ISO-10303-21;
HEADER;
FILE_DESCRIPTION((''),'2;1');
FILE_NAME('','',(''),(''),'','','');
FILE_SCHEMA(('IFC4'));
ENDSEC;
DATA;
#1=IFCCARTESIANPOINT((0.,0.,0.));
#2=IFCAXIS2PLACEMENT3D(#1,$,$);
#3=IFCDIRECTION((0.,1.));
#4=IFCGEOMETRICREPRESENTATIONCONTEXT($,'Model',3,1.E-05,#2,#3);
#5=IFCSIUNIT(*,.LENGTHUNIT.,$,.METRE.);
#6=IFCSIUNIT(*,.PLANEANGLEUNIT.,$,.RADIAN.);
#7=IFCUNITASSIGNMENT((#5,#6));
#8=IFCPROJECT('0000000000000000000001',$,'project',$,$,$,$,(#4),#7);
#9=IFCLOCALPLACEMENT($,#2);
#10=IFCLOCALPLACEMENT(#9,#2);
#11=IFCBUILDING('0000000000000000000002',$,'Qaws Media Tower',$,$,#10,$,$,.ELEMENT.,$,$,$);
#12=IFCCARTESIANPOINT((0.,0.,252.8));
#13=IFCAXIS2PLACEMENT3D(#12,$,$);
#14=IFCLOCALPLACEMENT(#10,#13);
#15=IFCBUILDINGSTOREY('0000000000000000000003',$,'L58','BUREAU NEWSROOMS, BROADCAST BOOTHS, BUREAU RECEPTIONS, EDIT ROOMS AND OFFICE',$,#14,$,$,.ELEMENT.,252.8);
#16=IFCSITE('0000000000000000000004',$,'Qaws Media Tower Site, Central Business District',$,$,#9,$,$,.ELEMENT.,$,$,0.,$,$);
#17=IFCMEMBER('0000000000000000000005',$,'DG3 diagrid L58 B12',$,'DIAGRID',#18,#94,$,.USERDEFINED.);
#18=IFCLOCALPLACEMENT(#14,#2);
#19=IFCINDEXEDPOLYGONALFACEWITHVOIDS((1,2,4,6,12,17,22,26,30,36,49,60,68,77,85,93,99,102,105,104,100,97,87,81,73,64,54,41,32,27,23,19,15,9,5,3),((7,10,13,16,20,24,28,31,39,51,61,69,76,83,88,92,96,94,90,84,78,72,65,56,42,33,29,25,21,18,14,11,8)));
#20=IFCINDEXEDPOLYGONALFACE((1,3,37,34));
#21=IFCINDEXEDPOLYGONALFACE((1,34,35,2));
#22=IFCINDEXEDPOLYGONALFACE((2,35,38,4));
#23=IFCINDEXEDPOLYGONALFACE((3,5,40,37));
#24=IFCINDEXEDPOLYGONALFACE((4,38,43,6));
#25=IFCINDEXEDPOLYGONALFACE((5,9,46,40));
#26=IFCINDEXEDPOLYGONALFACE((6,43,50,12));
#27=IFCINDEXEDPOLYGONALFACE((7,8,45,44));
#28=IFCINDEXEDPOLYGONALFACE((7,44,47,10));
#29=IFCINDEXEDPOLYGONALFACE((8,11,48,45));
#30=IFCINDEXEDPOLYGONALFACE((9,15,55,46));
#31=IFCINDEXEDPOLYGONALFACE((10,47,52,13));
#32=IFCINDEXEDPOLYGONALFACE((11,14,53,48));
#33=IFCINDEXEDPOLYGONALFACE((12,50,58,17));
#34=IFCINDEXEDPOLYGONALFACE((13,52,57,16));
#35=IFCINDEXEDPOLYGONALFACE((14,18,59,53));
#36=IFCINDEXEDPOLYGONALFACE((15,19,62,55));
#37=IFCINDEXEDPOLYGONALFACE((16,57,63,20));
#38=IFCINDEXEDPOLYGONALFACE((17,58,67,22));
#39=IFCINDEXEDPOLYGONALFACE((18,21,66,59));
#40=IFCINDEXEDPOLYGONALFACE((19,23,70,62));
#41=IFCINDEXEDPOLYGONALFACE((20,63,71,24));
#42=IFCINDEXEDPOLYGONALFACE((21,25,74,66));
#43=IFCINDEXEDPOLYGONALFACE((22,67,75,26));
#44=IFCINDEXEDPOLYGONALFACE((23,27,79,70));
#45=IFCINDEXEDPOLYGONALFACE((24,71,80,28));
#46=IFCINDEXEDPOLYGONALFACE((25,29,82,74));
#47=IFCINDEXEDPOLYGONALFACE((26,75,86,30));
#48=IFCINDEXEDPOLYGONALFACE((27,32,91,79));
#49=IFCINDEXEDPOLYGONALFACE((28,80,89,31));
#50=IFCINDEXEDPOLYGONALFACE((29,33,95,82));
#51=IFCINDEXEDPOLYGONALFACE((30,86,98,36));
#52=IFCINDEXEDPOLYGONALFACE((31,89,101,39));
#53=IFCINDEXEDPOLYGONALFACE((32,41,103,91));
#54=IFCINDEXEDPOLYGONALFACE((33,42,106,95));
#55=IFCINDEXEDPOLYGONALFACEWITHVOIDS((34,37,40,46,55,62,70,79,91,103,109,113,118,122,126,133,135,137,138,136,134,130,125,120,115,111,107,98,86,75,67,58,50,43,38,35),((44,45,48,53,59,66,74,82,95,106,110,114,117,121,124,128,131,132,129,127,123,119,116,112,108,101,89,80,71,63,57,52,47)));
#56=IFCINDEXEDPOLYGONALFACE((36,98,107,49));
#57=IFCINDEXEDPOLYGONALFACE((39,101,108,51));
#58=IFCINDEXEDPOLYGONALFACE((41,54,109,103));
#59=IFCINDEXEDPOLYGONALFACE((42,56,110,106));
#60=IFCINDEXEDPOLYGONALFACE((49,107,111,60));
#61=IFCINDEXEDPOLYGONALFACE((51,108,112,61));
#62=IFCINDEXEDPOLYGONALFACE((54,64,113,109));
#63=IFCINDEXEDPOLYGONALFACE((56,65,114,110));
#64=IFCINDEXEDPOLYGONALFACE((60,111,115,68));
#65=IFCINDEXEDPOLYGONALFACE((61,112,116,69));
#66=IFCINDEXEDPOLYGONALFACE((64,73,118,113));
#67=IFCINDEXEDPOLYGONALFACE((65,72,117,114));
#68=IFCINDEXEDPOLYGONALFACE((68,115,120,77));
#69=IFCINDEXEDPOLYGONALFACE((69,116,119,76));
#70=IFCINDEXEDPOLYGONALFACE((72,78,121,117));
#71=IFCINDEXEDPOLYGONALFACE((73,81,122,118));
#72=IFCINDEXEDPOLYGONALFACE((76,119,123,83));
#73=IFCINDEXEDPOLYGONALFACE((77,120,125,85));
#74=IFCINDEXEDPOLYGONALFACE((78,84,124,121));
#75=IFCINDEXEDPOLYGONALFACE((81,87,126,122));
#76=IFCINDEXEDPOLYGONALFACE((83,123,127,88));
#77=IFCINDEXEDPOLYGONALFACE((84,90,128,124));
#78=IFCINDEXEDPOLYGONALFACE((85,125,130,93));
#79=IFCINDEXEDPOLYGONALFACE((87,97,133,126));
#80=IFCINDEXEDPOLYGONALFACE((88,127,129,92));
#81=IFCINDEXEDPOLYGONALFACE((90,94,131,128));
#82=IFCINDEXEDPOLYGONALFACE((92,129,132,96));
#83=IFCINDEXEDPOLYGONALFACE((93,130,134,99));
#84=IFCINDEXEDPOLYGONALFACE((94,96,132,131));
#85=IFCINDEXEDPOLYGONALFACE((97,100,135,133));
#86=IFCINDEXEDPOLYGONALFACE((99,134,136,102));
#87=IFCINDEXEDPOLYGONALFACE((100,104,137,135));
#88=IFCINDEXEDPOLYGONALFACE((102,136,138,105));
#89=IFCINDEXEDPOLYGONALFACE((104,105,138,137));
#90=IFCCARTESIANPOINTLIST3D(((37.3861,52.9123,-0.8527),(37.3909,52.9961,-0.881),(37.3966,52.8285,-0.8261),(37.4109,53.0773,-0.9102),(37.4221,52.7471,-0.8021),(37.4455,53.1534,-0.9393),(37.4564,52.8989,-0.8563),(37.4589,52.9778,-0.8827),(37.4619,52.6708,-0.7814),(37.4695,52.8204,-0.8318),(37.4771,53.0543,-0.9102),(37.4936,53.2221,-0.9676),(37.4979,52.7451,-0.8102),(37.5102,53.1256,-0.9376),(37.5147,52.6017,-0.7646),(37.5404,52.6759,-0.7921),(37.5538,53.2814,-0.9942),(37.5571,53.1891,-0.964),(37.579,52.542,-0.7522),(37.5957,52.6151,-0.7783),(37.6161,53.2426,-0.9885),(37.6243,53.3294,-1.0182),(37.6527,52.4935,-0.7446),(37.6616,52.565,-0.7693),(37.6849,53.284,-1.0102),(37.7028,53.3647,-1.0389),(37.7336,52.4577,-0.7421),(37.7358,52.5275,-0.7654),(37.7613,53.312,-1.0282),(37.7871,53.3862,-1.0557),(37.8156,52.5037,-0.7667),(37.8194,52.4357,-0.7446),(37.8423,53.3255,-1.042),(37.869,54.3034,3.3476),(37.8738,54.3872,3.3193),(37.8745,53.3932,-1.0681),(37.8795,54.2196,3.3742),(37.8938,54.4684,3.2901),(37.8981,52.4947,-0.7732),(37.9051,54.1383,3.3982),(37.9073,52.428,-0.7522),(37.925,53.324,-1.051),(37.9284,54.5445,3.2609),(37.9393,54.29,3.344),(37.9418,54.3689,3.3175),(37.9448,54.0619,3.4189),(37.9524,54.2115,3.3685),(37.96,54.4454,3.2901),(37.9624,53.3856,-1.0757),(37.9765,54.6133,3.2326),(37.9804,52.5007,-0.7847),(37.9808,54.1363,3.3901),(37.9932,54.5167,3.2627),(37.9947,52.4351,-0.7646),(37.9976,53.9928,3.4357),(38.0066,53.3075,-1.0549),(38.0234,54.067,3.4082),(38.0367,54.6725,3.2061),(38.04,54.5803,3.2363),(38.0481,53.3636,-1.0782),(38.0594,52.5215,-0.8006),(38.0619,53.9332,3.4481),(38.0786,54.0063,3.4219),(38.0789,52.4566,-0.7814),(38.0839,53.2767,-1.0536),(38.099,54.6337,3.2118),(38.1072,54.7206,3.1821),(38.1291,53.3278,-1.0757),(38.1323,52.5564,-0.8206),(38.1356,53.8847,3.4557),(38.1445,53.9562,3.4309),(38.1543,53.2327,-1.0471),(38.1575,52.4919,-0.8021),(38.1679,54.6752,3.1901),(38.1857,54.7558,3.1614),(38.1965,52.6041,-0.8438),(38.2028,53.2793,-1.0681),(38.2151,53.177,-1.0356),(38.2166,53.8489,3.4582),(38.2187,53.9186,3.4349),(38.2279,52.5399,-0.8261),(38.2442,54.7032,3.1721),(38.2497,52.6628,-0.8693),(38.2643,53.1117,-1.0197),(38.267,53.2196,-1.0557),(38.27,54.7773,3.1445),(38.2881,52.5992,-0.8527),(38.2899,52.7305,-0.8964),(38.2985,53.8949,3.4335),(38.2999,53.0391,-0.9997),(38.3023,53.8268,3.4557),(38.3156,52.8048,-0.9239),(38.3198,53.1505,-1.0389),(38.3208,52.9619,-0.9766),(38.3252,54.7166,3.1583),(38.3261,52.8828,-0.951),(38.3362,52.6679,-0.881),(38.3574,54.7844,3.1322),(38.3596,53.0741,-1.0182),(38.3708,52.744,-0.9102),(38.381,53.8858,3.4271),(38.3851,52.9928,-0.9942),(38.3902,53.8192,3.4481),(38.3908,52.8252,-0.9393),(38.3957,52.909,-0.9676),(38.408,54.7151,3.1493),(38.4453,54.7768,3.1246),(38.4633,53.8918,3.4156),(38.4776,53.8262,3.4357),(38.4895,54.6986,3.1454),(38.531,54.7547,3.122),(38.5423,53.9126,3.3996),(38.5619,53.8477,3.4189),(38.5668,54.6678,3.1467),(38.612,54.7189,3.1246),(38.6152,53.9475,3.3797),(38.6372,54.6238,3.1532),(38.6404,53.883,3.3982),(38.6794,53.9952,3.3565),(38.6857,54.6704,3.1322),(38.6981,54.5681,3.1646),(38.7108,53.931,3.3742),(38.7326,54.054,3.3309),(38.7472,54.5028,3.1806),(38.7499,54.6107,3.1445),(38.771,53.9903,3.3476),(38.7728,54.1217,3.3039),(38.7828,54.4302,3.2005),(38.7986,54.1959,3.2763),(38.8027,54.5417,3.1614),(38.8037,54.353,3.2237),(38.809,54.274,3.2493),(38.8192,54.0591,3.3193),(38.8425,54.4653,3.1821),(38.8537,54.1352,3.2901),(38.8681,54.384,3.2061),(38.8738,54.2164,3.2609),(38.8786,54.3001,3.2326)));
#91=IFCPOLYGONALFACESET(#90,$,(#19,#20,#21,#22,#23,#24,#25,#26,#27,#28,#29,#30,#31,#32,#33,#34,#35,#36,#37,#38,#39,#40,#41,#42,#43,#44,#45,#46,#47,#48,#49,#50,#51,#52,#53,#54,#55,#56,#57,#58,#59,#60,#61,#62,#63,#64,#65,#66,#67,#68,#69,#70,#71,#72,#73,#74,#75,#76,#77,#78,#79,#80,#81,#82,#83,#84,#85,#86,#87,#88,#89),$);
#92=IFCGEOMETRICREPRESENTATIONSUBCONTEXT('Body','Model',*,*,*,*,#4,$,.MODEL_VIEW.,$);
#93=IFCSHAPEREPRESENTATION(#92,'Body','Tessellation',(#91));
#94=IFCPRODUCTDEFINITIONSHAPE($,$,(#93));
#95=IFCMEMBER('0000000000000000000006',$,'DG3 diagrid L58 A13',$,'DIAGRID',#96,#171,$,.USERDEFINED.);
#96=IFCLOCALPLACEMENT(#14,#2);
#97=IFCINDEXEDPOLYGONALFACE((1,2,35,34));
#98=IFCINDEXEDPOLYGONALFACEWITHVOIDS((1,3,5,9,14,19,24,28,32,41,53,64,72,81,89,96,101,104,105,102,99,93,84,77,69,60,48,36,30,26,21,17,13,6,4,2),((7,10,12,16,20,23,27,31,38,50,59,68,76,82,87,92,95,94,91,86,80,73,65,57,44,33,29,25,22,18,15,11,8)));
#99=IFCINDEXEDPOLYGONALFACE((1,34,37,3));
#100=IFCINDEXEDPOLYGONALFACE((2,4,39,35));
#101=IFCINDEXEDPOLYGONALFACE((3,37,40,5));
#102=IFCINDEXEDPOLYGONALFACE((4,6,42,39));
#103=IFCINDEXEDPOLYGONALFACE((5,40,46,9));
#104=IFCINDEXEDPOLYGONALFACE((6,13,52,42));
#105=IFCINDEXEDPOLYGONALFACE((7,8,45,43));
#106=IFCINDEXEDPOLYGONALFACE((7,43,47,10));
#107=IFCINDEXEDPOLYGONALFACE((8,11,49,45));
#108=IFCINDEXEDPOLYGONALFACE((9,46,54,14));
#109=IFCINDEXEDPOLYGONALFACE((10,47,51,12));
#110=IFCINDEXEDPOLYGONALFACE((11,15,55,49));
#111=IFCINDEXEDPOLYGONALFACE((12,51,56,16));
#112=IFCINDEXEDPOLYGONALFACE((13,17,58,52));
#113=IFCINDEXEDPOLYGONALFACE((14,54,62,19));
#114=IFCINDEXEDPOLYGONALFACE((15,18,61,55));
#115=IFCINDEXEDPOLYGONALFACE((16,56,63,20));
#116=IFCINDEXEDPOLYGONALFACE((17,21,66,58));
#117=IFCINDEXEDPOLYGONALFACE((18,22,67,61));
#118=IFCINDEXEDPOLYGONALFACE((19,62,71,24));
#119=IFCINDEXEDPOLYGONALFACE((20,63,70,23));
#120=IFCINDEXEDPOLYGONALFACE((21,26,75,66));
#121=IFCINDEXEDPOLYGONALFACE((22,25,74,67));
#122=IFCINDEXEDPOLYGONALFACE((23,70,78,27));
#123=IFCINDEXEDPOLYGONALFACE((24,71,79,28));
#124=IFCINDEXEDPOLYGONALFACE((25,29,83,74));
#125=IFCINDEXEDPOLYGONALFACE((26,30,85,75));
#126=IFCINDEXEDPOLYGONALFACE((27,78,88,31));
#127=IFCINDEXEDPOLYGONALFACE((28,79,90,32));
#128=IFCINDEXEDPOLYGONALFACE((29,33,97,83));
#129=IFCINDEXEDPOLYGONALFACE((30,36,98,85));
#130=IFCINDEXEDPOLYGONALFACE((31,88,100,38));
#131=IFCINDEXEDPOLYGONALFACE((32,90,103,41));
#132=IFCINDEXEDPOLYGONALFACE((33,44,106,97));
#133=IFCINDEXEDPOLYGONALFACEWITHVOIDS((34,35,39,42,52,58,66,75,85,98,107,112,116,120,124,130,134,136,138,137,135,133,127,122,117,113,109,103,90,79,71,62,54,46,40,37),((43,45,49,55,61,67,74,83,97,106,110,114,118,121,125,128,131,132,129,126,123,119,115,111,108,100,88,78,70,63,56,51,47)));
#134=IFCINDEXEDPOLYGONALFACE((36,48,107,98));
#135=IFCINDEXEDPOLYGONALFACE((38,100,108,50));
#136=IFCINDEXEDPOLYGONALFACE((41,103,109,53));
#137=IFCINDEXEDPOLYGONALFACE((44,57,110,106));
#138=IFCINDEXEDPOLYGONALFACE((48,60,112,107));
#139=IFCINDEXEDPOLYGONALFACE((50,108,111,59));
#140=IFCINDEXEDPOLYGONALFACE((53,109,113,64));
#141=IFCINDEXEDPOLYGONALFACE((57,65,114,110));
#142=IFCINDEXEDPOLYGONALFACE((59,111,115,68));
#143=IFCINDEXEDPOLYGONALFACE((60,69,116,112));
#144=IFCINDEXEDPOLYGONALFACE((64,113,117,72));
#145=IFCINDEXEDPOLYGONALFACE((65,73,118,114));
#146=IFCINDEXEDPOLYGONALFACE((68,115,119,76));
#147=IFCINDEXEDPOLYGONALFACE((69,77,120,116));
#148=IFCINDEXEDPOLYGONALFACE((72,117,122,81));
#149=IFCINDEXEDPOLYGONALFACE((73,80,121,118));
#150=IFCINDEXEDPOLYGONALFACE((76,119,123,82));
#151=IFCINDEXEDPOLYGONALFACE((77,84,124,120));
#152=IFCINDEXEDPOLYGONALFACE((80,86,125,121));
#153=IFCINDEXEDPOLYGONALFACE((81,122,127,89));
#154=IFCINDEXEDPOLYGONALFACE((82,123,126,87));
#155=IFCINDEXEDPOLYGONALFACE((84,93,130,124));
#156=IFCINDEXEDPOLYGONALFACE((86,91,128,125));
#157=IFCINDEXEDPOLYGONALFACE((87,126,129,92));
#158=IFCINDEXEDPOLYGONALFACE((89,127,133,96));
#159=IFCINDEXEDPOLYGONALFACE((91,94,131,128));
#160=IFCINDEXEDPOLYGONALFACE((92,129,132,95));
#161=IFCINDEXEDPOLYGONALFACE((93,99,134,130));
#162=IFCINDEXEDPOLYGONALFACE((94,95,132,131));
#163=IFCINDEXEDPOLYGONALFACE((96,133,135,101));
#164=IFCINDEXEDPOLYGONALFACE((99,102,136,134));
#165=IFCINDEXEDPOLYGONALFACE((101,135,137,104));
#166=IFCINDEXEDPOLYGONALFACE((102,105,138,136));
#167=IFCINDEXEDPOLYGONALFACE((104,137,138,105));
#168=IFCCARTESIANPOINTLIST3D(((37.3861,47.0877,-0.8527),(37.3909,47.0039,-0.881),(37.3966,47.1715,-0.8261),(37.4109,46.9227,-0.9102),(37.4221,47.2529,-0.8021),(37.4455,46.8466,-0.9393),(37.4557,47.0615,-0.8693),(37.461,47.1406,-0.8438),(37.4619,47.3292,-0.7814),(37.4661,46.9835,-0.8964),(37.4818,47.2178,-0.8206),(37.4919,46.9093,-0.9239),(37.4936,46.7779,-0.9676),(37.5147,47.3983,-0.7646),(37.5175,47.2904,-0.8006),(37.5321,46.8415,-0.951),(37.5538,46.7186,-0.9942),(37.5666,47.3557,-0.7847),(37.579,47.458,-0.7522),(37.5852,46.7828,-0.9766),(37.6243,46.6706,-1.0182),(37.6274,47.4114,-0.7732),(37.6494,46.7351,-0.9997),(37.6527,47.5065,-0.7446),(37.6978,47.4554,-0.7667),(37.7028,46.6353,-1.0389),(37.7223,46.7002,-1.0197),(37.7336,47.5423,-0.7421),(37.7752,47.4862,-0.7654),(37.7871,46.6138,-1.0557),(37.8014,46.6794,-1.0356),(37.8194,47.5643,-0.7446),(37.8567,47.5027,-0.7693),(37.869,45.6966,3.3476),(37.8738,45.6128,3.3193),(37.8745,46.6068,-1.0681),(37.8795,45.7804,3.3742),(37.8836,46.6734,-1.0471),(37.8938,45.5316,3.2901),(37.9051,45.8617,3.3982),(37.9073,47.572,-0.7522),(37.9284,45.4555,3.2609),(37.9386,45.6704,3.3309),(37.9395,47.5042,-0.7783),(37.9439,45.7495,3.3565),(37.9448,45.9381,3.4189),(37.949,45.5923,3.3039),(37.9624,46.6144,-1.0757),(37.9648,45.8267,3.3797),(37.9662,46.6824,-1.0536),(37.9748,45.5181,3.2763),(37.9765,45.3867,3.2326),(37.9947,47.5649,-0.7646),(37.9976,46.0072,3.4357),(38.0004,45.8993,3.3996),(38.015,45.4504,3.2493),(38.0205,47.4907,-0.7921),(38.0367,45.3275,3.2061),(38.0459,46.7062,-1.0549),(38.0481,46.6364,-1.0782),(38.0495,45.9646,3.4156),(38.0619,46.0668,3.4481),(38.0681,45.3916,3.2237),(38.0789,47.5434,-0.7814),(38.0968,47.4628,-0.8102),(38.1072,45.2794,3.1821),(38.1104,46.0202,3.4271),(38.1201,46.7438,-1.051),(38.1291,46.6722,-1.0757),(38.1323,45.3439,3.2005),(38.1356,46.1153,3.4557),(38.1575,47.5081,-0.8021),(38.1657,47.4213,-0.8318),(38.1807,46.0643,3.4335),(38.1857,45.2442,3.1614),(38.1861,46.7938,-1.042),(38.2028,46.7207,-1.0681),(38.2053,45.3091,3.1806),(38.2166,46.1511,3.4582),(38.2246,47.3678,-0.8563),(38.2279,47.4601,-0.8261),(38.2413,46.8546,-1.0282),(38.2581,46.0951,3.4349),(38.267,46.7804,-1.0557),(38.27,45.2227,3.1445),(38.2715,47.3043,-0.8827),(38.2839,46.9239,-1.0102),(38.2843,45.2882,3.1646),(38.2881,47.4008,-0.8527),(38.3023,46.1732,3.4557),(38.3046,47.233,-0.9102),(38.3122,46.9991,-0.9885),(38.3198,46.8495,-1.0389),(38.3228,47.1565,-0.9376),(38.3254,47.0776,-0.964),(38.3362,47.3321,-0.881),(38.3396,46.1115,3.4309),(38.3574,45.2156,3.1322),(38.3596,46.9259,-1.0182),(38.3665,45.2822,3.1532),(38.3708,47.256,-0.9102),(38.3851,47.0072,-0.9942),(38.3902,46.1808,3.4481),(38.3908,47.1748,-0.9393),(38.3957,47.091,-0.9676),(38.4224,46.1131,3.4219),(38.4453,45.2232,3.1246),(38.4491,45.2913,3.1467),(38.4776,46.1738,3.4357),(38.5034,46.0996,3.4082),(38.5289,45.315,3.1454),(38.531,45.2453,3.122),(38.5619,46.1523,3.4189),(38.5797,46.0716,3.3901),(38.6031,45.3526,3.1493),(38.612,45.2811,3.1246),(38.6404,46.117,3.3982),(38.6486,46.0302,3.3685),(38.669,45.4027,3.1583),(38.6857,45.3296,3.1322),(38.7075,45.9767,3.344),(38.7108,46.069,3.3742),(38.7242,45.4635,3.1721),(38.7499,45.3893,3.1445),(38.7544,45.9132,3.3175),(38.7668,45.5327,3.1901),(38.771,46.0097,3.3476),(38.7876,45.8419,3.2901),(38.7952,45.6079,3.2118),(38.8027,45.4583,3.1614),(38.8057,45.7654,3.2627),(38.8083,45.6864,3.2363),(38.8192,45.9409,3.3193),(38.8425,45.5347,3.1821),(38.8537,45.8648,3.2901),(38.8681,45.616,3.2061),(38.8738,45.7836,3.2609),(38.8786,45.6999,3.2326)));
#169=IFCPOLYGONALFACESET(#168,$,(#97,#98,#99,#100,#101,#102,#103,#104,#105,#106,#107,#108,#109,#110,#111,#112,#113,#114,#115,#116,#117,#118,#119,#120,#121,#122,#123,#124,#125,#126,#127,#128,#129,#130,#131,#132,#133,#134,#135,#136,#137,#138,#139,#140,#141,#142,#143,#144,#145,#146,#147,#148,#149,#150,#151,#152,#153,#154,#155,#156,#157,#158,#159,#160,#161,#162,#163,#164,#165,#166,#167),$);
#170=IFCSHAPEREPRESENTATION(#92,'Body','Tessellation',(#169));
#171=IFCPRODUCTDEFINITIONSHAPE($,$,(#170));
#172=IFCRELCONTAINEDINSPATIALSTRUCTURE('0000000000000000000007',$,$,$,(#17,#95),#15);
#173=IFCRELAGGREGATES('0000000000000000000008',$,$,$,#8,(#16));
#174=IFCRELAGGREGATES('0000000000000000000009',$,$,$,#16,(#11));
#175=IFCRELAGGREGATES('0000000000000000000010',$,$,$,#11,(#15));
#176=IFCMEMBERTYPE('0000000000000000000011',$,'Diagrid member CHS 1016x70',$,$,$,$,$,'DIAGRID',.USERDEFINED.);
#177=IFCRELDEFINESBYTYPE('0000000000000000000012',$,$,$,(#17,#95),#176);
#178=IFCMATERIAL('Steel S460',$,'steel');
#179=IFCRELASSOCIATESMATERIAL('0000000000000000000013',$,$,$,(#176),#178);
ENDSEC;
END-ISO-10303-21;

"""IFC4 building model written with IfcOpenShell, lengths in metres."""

from ifc_helpers import new_model, si_unit, direction, frame, origin, origin_2d, place, context, subcontext, project, spatial, hollow_circle, extrude, material, material_profile, profile_set, type_object, element, save


model = new_model("IFC4")

# Units and contexts
model_context = context("Model", 3, precision=1e-05, world=origin(), true_north=direction((0.0, 1.0)))
body_context = subcontext(model_context, "Body", "Model", "MODEL_VIEW")
ifc_project = project(units=[si_unit("LENGTHUNIT", "METRE"), si_unit("PLANEANGLEUNIT", "RADIAN")], contexts=[model_context])

# Site, building, storey
site_placement = place(None, origin())
site = spatial("IfcSite", under=ifc_project, at=site_placement, Name="Qaws Media Tower Site, Central Business District", CompositionType="ELEMENT", RefElevation=0.0)
building_placement = place(site_placement, origin())
building = spatial("IfcBuilding", under=site, at=building_placement, Name="Qaws Media Tower", CompositionType="ELEMENT")
storey_placement = place(building_placement, frame((0.0, 0.0, 252.8)))
storey = spatial("IfcBuildingStorey", under=building, at=storey_placement, Name="L58", Description="BUREAU NEWSROOMS, BROADCAST BOOTHS, BUREAU RECEPTIONS, EDIT ROOMS AND OFFICE", CompositionType="ELEMENT", Elevation=252.8)

# Members
ifc_material_1 = material(Name="Steel S460", Category="steel")
ifc_material_profile_1 = material_profile(ifc_material_1, hollow_circle(Radius=0.5081, WallThickness=0.0701, at=origin_2d()), Name="CHS 1016x70")
ifc_profile_set_1 = profile_set([ifc_material_profile_1], Name="Steel S460")
member_type_1 = type_object("IfcMemberType", Name="Diagrid member CHS 1016x70", ElementType="DIAGRID", PredefinedType="USERDEFINED", material=ifc_profile_set_1)
for number, where, z_axis, x_axis, name in (
    (1, (37.8909, 52.9106, -0.9102), (0.108498, 0.31255, 0.943684), (-0.944698, 0.327942, 0.0), "DG3 diagrid L58 B12"),
    (2, (37.8909, 47.0894, -0.9102), (0.108498, -0.31255, 0.943684), (0.944698, 0.327942, 0.0), "DG3 diagrid L58 A13"),
):
    element("IfcMember", number, at=place(storey_placement, frame(where, z_axis=z_axis, x_axis=x_axis)), inside=storey, type_object=member_type_1, Name=name, ObjectType="DIAGRID", PredefinedType="USERDEFINED", context=body_context, shape_type="SweptSolid", body=[
        extrude(hollow_circle(Radius=0.5081, WallThickness=0.0701, at=origin_2d()), origin(), (0.0, 0.0, 1.0), 4.4509),
    ])

save(model, "model.ifc")
